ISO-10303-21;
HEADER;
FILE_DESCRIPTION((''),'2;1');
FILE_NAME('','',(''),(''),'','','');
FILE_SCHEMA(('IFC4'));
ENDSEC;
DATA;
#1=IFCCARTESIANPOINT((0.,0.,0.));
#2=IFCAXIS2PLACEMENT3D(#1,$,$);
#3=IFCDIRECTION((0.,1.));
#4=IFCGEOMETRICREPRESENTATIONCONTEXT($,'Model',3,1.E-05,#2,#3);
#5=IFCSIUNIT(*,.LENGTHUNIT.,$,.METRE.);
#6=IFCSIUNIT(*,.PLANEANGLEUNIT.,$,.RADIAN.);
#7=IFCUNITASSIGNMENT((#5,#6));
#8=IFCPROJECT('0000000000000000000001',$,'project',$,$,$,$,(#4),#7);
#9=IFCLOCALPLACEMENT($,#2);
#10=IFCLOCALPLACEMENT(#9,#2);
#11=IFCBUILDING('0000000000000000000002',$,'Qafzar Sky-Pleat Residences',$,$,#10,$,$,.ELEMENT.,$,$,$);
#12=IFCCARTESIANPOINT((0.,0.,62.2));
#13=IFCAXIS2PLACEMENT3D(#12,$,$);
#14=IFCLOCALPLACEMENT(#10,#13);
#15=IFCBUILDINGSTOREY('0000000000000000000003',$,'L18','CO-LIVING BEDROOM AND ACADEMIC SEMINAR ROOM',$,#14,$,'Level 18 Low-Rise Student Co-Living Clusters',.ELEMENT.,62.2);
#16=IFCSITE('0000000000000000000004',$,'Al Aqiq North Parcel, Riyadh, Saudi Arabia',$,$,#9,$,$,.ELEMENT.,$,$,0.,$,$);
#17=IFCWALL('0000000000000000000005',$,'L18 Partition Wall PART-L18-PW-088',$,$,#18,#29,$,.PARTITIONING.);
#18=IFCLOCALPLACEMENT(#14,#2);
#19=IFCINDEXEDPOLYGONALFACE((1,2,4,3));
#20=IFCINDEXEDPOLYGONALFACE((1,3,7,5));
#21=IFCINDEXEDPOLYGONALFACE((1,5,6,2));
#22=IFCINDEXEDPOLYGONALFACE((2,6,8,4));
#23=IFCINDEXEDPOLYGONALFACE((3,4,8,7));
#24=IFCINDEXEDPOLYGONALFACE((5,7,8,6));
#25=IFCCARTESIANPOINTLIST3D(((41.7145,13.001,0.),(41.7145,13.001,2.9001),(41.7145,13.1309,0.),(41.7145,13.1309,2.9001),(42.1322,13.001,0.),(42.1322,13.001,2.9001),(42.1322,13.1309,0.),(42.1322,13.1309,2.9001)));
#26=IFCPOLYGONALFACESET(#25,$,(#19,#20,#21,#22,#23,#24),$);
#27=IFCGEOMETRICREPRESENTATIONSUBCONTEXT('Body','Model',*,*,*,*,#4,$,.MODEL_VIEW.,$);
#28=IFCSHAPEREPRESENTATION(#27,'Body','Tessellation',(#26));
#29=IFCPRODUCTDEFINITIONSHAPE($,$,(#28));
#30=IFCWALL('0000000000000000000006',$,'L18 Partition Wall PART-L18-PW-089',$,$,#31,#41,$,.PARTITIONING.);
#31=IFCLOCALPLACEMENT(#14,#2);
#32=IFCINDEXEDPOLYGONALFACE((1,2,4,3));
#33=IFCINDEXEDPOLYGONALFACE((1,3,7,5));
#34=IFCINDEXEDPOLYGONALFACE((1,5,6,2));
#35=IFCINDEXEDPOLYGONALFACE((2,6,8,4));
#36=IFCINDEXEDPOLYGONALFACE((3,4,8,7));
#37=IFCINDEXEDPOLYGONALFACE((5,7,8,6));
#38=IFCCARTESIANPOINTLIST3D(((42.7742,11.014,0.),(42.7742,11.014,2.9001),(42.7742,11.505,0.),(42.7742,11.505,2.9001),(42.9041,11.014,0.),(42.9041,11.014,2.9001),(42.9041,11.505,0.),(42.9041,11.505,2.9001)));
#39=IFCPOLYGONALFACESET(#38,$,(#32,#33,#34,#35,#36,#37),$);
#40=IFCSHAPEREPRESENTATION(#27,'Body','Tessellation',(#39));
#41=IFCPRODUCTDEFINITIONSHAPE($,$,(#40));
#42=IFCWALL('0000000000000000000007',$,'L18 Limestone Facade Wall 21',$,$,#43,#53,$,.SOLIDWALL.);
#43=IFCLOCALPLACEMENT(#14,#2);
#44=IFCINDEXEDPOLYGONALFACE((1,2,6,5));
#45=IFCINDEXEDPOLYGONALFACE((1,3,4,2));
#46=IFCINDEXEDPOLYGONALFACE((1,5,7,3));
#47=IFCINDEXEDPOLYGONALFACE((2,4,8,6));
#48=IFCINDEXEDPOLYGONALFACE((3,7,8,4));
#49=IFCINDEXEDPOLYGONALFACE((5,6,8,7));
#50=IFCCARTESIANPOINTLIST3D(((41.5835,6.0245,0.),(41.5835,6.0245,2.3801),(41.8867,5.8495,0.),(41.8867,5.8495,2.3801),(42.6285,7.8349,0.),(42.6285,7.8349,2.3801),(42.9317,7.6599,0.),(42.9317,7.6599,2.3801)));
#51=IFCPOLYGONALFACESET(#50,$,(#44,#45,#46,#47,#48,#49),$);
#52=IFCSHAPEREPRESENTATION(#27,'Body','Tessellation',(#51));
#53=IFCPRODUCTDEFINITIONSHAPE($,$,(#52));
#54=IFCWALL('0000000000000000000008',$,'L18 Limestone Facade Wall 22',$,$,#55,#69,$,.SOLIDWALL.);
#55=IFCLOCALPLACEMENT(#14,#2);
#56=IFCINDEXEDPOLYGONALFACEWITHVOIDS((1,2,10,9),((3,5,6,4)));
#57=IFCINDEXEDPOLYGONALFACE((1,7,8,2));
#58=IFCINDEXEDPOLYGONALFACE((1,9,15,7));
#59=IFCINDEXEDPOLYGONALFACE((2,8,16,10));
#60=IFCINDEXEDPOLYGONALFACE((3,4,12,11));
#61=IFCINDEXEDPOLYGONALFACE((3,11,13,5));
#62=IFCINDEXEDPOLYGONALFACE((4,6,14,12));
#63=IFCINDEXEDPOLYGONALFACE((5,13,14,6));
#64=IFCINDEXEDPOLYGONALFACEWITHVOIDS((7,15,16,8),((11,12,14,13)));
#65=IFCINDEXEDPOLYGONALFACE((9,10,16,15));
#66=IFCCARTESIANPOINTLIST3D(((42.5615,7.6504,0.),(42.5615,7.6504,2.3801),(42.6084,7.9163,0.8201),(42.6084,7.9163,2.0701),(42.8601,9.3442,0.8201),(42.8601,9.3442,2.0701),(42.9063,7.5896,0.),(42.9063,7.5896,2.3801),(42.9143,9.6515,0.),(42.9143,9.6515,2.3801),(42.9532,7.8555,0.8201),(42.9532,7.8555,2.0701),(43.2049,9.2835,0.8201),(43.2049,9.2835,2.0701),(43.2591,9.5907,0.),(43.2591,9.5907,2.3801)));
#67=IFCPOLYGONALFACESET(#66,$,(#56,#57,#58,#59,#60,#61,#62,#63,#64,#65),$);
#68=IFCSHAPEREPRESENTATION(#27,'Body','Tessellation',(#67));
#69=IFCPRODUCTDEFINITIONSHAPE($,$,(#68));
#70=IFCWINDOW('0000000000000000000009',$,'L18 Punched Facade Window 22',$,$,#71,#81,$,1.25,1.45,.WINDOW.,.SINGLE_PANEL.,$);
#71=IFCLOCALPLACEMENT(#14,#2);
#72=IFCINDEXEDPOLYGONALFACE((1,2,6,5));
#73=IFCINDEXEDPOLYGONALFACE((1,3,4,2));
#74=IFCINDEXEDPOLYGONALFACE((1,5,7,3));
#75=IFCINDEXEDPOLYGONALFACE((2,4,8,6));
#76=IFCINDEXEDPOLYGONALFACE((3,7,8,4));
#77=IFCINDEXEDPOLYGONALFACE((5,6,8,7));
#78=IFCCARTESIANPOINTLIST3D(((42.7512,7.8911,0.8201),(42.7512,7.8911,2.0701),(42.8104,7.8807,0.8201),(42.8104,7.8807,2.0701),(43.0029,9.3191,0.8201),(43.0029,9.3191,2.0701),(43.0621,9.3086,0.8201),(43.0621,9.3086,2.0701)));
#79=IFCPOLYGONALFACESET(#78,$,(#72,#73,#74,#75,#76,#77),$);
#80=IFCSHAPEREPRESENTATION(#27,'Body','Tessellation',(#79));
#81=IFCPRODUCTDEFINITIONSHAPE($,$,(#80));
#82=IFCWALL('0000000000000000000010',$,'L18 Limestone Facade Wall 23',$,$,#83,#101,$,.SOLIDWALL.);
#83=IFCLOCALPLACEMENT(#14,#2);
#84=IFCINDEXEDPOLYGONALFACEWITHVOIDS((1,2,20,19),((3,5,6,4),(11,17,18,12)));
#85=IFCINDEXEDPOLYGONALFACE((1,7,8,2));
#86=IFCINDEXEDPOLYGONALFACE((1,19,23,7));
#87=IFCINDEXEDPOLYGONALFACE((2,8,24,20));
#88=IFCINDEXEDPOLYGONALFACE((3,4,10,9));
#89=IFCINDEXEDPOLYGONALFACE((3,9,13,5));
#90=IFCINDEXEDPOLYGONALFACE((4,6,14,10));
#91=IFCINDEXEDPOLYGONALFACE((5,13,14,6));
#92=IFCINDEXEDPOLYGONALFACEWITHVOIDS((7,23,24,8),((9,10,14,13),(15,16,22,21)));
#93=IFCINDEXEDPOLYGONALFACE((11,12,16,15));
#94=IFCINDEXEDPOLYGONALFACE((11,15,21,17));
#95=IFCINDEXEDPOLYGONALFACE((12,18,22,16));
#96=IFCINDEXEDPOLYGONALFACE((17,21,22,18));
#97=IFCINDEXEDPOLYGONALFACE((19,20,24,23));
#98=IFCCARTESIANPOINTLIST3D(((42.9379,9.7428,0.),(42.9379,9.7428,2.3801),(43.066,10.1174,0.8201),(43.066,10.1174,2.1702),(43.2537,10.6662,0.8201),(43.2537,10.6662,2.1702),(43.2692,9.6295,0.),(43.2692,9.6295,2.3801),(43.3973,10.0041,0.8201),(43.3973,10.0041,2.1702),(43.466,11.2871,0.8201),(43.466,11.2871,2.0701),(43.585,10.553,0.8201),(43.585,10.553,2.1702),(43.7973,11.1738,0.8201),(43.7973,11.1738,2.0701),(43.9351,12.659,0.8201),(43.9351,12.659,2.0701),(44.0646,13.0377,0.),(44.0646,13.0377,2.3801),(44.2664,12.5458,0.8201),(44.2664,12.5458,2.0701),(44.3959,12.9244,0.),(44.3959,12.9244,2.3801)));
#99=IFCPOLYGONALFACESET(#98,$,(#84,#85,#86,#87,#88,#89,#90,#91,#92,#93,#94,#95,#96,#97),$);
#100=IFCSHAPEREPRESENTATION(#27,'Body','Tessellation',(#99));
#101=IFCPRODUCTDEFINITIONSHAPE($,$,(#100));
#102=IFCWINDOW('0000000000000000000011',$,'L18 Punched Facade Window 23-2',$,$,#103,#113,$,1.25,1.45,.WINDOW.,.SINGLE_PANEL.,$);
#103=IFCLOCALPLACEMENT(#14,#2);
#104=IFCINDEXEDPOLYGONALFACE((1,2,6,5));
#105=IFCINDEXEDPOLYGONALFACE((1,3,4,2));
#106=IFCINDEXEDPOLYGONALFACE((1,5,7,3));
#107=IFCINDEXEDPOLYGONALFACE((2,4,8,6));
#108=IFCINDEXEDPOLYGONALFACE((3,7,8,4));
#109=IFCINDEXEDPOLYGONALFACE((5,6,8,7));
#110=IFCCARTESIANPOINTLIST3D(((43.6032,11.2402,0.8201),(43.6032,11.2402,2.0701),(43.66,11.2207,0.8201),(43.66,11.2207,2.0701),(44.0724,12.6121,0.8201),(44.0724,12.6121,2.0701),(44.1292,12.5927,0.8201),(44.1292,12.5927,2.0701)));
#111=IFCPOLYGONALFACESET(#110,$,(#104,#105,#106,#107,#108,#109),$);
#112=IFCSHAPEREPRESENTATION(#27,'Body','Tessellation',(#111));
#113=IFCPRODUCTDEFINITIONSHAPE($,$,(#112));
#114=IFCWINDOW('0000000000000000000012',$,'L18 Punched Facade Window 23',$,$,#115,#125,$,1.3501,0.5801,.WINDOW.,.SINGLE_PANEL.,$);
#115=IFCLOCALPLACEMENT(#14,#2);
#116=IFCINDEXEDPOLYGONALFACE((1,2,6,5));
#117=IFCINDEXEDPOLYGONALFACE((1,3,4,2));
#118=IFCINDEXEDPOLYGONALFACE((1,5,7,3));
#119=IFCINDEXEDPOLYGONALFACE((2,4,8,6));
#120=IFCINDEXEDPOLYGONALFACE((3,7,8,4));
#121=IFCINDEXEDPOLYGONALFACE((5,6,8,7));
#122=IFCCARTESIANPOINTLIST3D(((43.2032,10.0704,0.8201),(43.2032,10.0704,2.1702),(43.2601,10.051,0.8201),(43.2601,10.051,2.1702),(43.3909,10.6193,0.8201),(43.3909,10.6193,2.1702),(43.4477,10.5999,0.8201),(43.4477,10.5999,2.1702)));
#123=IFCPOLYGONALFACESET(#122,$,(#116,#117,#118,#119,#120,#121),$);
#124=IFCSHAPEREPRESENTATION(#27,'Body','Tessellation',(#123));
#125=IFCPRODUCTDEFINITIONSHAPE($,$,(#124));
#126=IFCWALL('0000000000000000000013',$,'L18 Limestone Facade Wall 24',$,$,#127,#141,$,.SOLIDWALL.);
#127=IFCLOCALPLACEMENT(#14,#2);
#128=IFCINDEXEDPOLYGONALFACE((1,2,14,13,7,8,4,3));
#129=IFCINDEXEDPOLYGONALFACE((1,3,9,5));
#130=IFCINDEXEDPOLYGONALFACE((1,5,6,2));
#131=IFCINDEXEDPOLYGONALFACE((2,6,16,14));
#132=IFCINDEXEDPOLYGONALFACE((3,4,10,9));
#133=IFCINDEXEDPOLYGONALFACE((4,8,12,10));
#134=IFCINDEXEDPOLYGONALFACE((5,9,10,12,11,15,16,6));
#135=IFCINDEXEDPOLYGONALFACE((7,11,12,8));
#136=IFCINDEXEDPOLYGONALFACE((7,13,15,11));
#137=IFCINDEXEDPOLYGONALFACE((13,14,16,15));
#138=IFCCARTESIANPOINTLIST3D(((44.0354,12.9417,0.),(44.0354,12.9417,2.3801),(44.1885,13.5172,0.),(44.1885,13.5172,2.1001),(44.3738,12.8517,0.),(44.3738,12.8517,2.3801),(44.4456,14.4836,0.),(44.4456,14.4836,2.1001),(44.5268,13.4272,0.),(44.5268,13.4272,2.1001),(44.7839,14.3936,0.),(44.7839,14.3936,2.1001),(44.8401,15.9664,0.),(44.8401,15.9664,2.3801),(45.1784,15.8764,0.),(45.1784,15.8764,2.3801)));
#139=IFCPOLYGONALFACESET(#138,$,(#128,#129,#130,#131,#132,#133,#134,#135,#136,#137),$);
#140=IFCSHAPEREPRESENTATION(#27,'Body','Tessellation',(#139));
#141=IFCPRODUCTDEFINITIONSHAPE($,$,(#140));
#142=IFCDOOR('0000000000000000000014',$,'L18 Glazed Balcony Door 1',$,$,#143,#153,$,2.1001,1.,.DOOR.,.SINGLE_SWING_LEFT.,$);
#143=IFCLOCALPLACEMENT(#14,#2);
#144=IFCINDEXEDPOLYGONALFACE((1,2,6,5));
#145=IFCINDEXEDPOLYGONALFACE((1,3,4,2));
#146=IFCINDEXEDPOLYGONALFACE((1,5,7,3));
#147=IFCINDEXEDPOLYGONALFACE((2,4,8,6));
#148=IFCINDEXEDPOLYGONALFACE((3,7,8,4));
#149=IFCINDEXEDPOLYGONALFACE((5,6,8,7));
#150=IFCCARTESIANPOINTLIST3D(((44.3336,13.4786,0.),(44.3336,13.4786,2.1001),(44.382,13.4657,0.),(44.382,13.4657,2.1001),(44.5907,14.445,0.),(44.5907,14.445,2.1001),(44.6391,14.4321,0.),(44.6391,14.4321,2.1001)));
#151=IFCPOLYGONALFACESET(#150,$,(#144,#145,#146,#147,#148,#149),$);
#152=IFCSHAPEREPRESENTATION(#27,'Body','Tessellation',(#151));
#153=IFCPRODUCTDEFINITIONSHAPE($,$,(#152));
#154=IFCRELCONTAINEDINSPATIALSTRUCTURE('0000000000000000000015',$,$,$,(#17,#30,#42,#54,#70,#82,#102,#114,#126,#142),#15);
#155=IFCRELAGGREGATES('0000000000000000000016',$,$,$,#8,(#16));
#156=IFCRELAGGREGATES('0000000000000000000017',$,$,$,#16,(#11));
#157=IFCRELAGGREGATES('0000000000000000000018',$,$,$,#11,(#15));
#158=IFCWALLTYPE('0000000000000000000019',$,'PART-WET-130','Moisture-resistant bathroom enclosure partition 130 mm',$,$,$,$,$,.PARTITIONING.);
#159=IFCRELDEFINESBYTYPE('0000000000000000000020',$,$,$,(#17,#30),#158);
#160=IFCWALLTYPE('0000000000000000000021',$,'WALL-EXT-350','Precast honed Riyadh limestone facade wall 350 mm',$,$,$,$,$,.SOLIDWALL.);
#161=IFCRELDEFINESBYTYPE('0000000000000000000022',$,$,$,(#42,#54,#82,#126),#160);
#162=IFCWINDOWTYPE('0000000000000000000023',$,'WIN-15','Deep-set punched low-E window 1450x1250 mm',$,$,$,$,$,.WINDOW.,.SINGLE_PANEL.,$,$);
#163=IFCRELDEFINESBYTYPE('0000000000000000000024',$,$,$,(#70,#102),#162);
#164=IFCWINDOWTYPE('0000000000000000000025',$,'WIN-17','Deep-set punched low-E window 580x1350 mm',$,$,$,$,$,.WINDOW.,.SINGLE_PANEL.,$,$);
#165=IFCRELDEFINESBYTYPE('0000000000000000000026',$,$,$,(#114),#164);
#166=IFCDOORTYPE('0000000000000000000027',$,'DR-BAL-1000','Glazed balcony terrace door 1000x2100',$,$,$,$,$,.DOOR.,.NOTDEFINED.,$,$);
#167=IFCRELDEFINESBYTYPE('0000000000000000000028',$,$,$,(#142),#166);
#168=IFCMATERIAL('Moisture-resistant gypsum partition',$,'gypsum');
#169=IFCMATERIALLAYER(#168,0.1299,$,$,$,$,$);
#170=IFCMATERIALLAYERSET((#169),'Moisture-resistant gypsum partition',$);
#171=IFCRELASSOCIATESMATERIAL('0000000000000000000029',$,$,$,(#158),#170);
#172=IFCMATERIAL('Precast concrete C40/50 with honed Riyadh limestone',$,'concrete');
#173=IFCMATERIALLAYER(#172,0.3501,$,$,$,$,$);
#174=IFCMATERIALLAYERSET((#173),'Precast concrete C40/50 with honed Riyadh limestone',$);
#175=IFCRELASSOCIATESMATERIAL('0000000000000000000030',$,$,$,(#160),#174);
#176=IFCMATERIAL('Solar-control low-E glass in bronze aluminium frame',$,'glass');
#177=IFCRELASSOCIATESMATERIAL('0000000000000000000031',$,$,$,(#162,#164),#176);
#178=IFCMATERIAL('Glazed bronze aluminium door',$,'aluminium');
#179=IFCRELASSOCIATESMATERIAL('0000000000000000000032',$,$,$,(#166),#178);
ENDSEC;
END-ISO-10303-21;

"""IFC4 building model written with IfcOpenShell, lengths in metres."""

from ifc_helpers import new_model, si_unit, direction, frame, frame_2d, origin, place, context, subcontext, project, spatial, rectangle, extrude, source, transform, mapped, material, layer, layer_set, type_object, element, fill, save


model = new_model("IFC4")

# Units and contexts
model_context = context("Model", 3, precision=1e-05, world=origin(), true_north=direction((0.0, 1.0)))
body_context = subcontext(model_context, "Body", "Model", "MODEL_VIEW")
ifc_project = project(units=[si_unit("LENGTHUNIT", "METRE"), si_unit("PLANEANGLEUNIT", "RADIAN")], contexts=[model_context])

# Site, building, storey
site_placement = place(None, origin())
site = spatial("IfcSite", under=ifc_project, at=site_placement, Name="Al Aqiq North Parcel, Riyadh, Saudi Arabia", CompositionType="ELEMENT", RefElevation=0.0)
building_placement = place(site_placement, origin())
building = spatial("IfcBuilding", under=site, at=building_placement, Name="Qafzar Sky-Pleat Residences", CompositionType="ELEMENT")
storey_placement = place(building_placement, frame((0.0, 0.0, 62.2)))
storey = spatial("IfcBuildingStorey", under=building, at=storey_placement, Name="L18", Description="CO-LIVING BEDROOM AND ACADEMIC SEMINAR ROOM", LongName="Level 18 Low-Rise Student Co-Living Clusters", CompositionType="ELEMENT", Elevation=62.2)

# Shared definitions
ifc_material_1 = material(Name="Moisture-resistant gypsum partition", Category="gypsum")
ifc_layer_1 = layer(ifc_material_1, 0.1299)
ifc_layer_set_1 = layer_set([ifc_layer_1], Name="Moisture-resistant gypsum partition")
wall_type_1 = type_object("IfcWallType", Name="PART-WET-130", Description="Moisture-resistant bathroom enclosure partition 130 mm", PredefinedType="PARTITIONING", material=ifc_layer_set_1)

# Walls
wall_1_placement = place(storey_placement, frame((41.7144, 13.0659, 0.0), z_axis=(0.0, 0.0, 1.0), x_axis=(1.0, 0.0, 0.0)))
element("IfcWall", 1, at=wall_1_placement, inside=storey, type_object=wall_type_1, Name="L18 Partition Wall PART-L18-PW-088", PredefinedType="PARTITIONING", context=body_context, shape_type="SweptSolid", body=[
    extrude(rectangle(XDim=0.4177, YDim=0.1299, at=frame_2d((0.209, 0.0))), origin(), (0.0, 0.0, 1.0), 2.9001),
])
wall_2_placement = place(storey_placement, frame((42.8391, 11.0139, 0.0), z_axis=(0.0, 0.0, 1.0), x_axis=(0.0, 1.0, 0.0)))
element("IfcWall", 2, at=wall_2_placement, inside=storey, type_object=wall_type_1, Name="L18 Partition Wall PART-L18-PW-089", PredefinedType="PARTITIONING", context=body_context, shape_type="SweptSolid", body=[
    extrude(rectangle(XDim=0.491, YDim=0.1299, at=frame_2d((0.2456, 0.0))), origin(), (0.0, 0.0, 1.0), 2.9001),
])
ifc_material_2 = material(Name="Precast concrete C40/50 with honed Riyadh limestone", Category="concrete")
ifc_layer_2 = layer(ifc_material_2, 0.3501)
ifc_layer_set_2 = layer_set([ifc_layer_2], Name="Precast concrete C40/50 with honed Riyadh limestone")
wall_type_2 = type_object("IfcWallType", Name="WALL-EXT-350", Description="Precast honed Riyadh limestone facade wall 350 mm", PredefinedType="SOLIDWALL", material=ifc_layer_set_2)
wall_3_placement = place(storey_placement, frame((41.7351, 5.937, 0.0), z_axis=(0.0, 0.0, 1.0), x_axis=(0.499908, 0.866079, 0.0)))
element("IfcWall", 3, at=wall_3_placement, inside=storey, type_object=wall_type_2, Name="L18 Limestone Facade Wall 21", PredefinedType="SOLIDWALL", context=body_context, shape_type="SweptSolid", body=[
    extrude(rectangle(XDim=2.0903, YDim=0.3501, at=frame_2d((1.0452, 0.0))), origin(), (0.0, 0.0, 1.0), 2.3801),
])

# Wall, opening, window
wall_4_placement = place(storey_placement, frame((42.7339, 7.6199, 0.0), z_axis=(0.0, 0.0, 1.0), x_axis=(0.173607, 0.984815, 0.0)))
wall_4 = element("IfcWall", 4, at=wall_4_placement, inside=storey, type_object=wall_type_2, Name="L18 Limestone Facade Wall 22", PredefinedType="SOLIDWALL", context=body_context, shape_type="SweptSolid", body=[
    extrude(rectangle(XDim=2.032, YDim=0.3501, at=frame_2d((1.0161, 0.0))), origin(), (0.0, 0.0, 1.0), 2.3801),
])
opening_1_placement = place(wall_4_placement, frame((0.27, 0.0, 0.8201)))
opening_1 = element("IfcOpeningElement", 5, at=opening_1_placement, cuts=wall_4, PredefinedType="OPENING", context=body_context, shape_type="SweptSolid", body=[
    extrude(rectangle(XDim=1.45, YDim=1.25, at=frame_2d((0.7251, 0.625))), frame((0.0, 0.1851, 0.0), z_axis=(0.0, -1.0, 0.0), x_axis=(1.0, 0.0, 0.0)), (0.0, 0.0, 1.0), 0.3701),
])
ifc_material_3 = material(Name="Solar-control low-E glass in bronze aluminium frame", Category="glass")
window_type_1 = type_object("IfcWindowType", Name="WIN-15", Description="Deep-set punched low-E window 1450x1250 mm", PartitioningType="SINGLE_PANEL", PredefinedType="WINDOW", material=ifc_material_3)
shared_shape_1 = source(origin(), body_context, "Body", "SweptSolid", [
    extrude(rectangle(XDim=1.45, YDim=1.25, at=frame_2d((0.7251, 0.625))), frame((0.0, 0.03, 0.0), z_axis=(0.0, -1.0, 0.0), x_axis=(1.0, 0.0, 0.0)), (0.0, 0.0, 1.0), 0.0601),
])
window_1_placement = place(opening_1_placement, origin())
window_1 = element("IfcWindow", 6, at=window_1_placement, inside=storey, type_object=window_type_1, Name="L18 Punched Facade Window 22", OverallHeight=1.25, OverallWidth=1.45, PartitioningType="SINGLE_PANEL", PredefinedType="WINDOW", context=body_context, shape_type="MappedRepresentation", body=[
    mapped(shared_shape_1, transform((0.0, 0.0, 0.0), x_axis=(1.0, 0.0, 0.0), y_axis=(0.0, 1.0, 0.0), z_axis=(0.0, 0.0, 1.0), scale=1.0)),
])
fill(opening_1, window_1)

# Wall, openings, windows
wall_5_placement = place(storey_placement, frame((43.1035, 9.686, 0.0), z_axis=(0.0, 0.0, 1.0), x_axis=(0.323559, 0.946208, 0.0)))
wall_5 = element("IfcWall", 7, at=wall_5_placement, inside=storey, type_object=wall_type_2, Name="L18 Limestone Facade Wall 23", PredefinedType="SOLIDWALL", context=body_context, shape_type="SweptSolid", body=[
    extrude(rectangle(XDim=3.4822, YDim=0.3501, at=frame_2d((1.7412, 0.0))), origin(), (0.0, 0.0, 1.0), 2.3801),
])
opening_2_placement = place(wall_5_placement, frame((0.396, 0.0, 0.8201)))
opening_2 = element("IfcOpeningElement", 8, at=opening_2_placement, cuts=wall_5, PredefinedType="OPENING", context=body_context, shape_type="SweptSolid", body=[
    extrude(rectangle(XDim=0.5801, YDim=1.3501, at=frame_2d((0.29, 0.675))), frame((0.0, 0.1851, 0.0), z_axis=(0.0, -1.0, 0.0), x_axis=(1.0, 0.0, 0.0)), (0.0, 0.0, 1.0), 0.3701),
])
opening_3_placement = place(wall_5_placement, frame((1.6321, 0.0, 0.8201)))
opening_3 = element("IfcOpeningElement", 9, at=opening_3_placement, cuts=wall_5, PredefinedType="OPENING", context=body_context, shape_type="SweptSolid", body=[
    extrude(rectangle(XDim=1.45, YDim=1.25, at=frame_2d((0.7251, 0.625))), frame((0.0, 0.1851, 0.0), z_axis=(0.0, -1.0, 0.0), x_axis=(1.0, 0.0, 0.0)), (0.0, 0.0, 1.0), 0.3701),
])
window_2_placement = place(opening_3_placement, origin())
window_2 = element("IfcWindow", 10, at=window_2_placement, inside=storey, type_object=window_type_1, Name="L18 Punched Facade Window 23-2", OverallHeight=1.25, OverallWidth=1.45, PartitioningType="SINGLE_PANEL", PredefinedType="WINDOW", context=body_context, shape_type="MappedRepresentation", body=[
    mapped(shared_shape_1, transform((0.0, 0.0, 0.0), x_axis=(1.0, 0.0, 0.0), y_axis=(0.0, 1.0, 0.0), z_axis=(0.0, 0.0, 1.0), scale=1.0)),
])
fill(opening_3, window_2)
window_type_2 = type_object("IfcWindowType", Name="WIN-17", Description="Deep-set punched low-E window 580x1350 mm", PartitioningType="SINGLE_PANEL", PredefinedType="WINDOW", material=ifc_material_3)
shared_shape_2 = source(origin(), body_context, "Body", "SweptSolid", [
    extrude(rectangle(XDim=0.5801, YDim=1.3501, at=frame_2d((0.29, 0.675))), frame((0.0, 0.03, 0.0), z_axis=(0.0, -1.0, 0.0), x_axis=(1.0, 0.0, 0.0)), (0.0, 0.0, 1.0), 0.0601),
])
window_3_placement = place(opening_2_placement, origin())
window_3 = element("IfcWindow", 11, at=window_3_placement, inside=storey, type_object=window_type_2, Name="L18 Punched Facade Window 23", OverallHeight=1.3501, OverallWidth=0.5801, PartitioningType="SINGLE_PANEL", PredefinedType="WINDOW", context=body_context, shape_type="MappedRepresentation", body=[
    mapped(shared_shape_2, transform((0.0, 0.0, 0.0), x_axis=(1.0, 0.0, 0.0), y_axis=(0.0, 1.0, 0.0), z_axis=(0.0, 0.0, 1.0), scale=1.0)),
])
fill(opening_2, window_3)

# Wall, opening, door
wall_6_placement = place(storey_placement, frame((44.2046, 12.8967, 0.0), z_axis=(0.0, 0.0, 1.0), x_axis=(0.257099, 0.966385, 0.0)))
wall_6 = element("IfcWall", 12, at=wall_6_placement, inside=storey, type_object=wall_type_2, Name="L18 Limestone Facade Wall 24", PredefinedType="SOLIDWALL", context=body_context, shape_type="SweptSolid", body=[
    extrude(rectangle(XDim=3.1299, YDim=0.3501, at=frame_2d((1.5649, 0.0))), origin(), (0.0, 0.0, 1.0), 2.3801),
])
opening_4_placement = place(wall_6_placement, frame((0.5955, 0.0, 0.0)))
opening_4 = element("IfcOpeningElement", 13, at=opening_4_placement, cuts=wall_6, PredefinedType="OPENING", context=body_context, shape_type="SweptSolid", body=[
    extrude(rectangle(XDim=1.0, YDim=2.1001, at=frame_2d((0.5, 1.05))), frame((0.0, 0.1851, 0.0), z_axis=(0.0, -1.0, 0.0), x_axis=(1.0, 0.0, 0.0)), (0.0, 0.0, 1.0), 0.3701),
])
ifc_material_4 = material(Name="Glazed bronze aluminium door", Category="aluminium")
door_type_1 = type_object("IfcDoorType", Name="DR-BAL-1000", Description="Glazed balcony terrace door 1000x2100", OperationType="NOTDEFINED", PredefinedType="DOOR", material=ifc_material_4)
shared_shape_3 = source(origin(), body_context, "Body", "SweptSolid", [
    extrude(rectangle(XDim=1.0, YDim=2.1001, at=frame_2d((0.5, 1.05))), frame((0.0, 0.0249, 0.0), z_axis=(0.0, -1.0, 0.0), x_axis=(1.0, 0.0, 0.0)), (0.0, 0.0, 1.0), 0.05),
])
door_1_placement = place(opening_4_placement, origin())
door_1 = element("IfcDoor", 14, at=door_1_placement, inside=storey, type_object=door_type_1, Name="L18 Glazed Balcony Door 1", OperationType="SINGLE_SWING_LEFT", OverallHeight=2.1001, OverallWidth=1.0, PredefinedType="DOOR", context=body_context, shape_type="MappedRepresentation", body=[
    mapped(shared_shape_3, transform((0.0, 0.0, 0.0), x_axis=(1.0, 0.0, 0.0), y_axis=(0.0, 1.0, 0.0), z_axis=(0.0, 0.0, 1.0), scale=1.0)),
])
fill(opening_4, door_1)

save(model, "model.ifc")
